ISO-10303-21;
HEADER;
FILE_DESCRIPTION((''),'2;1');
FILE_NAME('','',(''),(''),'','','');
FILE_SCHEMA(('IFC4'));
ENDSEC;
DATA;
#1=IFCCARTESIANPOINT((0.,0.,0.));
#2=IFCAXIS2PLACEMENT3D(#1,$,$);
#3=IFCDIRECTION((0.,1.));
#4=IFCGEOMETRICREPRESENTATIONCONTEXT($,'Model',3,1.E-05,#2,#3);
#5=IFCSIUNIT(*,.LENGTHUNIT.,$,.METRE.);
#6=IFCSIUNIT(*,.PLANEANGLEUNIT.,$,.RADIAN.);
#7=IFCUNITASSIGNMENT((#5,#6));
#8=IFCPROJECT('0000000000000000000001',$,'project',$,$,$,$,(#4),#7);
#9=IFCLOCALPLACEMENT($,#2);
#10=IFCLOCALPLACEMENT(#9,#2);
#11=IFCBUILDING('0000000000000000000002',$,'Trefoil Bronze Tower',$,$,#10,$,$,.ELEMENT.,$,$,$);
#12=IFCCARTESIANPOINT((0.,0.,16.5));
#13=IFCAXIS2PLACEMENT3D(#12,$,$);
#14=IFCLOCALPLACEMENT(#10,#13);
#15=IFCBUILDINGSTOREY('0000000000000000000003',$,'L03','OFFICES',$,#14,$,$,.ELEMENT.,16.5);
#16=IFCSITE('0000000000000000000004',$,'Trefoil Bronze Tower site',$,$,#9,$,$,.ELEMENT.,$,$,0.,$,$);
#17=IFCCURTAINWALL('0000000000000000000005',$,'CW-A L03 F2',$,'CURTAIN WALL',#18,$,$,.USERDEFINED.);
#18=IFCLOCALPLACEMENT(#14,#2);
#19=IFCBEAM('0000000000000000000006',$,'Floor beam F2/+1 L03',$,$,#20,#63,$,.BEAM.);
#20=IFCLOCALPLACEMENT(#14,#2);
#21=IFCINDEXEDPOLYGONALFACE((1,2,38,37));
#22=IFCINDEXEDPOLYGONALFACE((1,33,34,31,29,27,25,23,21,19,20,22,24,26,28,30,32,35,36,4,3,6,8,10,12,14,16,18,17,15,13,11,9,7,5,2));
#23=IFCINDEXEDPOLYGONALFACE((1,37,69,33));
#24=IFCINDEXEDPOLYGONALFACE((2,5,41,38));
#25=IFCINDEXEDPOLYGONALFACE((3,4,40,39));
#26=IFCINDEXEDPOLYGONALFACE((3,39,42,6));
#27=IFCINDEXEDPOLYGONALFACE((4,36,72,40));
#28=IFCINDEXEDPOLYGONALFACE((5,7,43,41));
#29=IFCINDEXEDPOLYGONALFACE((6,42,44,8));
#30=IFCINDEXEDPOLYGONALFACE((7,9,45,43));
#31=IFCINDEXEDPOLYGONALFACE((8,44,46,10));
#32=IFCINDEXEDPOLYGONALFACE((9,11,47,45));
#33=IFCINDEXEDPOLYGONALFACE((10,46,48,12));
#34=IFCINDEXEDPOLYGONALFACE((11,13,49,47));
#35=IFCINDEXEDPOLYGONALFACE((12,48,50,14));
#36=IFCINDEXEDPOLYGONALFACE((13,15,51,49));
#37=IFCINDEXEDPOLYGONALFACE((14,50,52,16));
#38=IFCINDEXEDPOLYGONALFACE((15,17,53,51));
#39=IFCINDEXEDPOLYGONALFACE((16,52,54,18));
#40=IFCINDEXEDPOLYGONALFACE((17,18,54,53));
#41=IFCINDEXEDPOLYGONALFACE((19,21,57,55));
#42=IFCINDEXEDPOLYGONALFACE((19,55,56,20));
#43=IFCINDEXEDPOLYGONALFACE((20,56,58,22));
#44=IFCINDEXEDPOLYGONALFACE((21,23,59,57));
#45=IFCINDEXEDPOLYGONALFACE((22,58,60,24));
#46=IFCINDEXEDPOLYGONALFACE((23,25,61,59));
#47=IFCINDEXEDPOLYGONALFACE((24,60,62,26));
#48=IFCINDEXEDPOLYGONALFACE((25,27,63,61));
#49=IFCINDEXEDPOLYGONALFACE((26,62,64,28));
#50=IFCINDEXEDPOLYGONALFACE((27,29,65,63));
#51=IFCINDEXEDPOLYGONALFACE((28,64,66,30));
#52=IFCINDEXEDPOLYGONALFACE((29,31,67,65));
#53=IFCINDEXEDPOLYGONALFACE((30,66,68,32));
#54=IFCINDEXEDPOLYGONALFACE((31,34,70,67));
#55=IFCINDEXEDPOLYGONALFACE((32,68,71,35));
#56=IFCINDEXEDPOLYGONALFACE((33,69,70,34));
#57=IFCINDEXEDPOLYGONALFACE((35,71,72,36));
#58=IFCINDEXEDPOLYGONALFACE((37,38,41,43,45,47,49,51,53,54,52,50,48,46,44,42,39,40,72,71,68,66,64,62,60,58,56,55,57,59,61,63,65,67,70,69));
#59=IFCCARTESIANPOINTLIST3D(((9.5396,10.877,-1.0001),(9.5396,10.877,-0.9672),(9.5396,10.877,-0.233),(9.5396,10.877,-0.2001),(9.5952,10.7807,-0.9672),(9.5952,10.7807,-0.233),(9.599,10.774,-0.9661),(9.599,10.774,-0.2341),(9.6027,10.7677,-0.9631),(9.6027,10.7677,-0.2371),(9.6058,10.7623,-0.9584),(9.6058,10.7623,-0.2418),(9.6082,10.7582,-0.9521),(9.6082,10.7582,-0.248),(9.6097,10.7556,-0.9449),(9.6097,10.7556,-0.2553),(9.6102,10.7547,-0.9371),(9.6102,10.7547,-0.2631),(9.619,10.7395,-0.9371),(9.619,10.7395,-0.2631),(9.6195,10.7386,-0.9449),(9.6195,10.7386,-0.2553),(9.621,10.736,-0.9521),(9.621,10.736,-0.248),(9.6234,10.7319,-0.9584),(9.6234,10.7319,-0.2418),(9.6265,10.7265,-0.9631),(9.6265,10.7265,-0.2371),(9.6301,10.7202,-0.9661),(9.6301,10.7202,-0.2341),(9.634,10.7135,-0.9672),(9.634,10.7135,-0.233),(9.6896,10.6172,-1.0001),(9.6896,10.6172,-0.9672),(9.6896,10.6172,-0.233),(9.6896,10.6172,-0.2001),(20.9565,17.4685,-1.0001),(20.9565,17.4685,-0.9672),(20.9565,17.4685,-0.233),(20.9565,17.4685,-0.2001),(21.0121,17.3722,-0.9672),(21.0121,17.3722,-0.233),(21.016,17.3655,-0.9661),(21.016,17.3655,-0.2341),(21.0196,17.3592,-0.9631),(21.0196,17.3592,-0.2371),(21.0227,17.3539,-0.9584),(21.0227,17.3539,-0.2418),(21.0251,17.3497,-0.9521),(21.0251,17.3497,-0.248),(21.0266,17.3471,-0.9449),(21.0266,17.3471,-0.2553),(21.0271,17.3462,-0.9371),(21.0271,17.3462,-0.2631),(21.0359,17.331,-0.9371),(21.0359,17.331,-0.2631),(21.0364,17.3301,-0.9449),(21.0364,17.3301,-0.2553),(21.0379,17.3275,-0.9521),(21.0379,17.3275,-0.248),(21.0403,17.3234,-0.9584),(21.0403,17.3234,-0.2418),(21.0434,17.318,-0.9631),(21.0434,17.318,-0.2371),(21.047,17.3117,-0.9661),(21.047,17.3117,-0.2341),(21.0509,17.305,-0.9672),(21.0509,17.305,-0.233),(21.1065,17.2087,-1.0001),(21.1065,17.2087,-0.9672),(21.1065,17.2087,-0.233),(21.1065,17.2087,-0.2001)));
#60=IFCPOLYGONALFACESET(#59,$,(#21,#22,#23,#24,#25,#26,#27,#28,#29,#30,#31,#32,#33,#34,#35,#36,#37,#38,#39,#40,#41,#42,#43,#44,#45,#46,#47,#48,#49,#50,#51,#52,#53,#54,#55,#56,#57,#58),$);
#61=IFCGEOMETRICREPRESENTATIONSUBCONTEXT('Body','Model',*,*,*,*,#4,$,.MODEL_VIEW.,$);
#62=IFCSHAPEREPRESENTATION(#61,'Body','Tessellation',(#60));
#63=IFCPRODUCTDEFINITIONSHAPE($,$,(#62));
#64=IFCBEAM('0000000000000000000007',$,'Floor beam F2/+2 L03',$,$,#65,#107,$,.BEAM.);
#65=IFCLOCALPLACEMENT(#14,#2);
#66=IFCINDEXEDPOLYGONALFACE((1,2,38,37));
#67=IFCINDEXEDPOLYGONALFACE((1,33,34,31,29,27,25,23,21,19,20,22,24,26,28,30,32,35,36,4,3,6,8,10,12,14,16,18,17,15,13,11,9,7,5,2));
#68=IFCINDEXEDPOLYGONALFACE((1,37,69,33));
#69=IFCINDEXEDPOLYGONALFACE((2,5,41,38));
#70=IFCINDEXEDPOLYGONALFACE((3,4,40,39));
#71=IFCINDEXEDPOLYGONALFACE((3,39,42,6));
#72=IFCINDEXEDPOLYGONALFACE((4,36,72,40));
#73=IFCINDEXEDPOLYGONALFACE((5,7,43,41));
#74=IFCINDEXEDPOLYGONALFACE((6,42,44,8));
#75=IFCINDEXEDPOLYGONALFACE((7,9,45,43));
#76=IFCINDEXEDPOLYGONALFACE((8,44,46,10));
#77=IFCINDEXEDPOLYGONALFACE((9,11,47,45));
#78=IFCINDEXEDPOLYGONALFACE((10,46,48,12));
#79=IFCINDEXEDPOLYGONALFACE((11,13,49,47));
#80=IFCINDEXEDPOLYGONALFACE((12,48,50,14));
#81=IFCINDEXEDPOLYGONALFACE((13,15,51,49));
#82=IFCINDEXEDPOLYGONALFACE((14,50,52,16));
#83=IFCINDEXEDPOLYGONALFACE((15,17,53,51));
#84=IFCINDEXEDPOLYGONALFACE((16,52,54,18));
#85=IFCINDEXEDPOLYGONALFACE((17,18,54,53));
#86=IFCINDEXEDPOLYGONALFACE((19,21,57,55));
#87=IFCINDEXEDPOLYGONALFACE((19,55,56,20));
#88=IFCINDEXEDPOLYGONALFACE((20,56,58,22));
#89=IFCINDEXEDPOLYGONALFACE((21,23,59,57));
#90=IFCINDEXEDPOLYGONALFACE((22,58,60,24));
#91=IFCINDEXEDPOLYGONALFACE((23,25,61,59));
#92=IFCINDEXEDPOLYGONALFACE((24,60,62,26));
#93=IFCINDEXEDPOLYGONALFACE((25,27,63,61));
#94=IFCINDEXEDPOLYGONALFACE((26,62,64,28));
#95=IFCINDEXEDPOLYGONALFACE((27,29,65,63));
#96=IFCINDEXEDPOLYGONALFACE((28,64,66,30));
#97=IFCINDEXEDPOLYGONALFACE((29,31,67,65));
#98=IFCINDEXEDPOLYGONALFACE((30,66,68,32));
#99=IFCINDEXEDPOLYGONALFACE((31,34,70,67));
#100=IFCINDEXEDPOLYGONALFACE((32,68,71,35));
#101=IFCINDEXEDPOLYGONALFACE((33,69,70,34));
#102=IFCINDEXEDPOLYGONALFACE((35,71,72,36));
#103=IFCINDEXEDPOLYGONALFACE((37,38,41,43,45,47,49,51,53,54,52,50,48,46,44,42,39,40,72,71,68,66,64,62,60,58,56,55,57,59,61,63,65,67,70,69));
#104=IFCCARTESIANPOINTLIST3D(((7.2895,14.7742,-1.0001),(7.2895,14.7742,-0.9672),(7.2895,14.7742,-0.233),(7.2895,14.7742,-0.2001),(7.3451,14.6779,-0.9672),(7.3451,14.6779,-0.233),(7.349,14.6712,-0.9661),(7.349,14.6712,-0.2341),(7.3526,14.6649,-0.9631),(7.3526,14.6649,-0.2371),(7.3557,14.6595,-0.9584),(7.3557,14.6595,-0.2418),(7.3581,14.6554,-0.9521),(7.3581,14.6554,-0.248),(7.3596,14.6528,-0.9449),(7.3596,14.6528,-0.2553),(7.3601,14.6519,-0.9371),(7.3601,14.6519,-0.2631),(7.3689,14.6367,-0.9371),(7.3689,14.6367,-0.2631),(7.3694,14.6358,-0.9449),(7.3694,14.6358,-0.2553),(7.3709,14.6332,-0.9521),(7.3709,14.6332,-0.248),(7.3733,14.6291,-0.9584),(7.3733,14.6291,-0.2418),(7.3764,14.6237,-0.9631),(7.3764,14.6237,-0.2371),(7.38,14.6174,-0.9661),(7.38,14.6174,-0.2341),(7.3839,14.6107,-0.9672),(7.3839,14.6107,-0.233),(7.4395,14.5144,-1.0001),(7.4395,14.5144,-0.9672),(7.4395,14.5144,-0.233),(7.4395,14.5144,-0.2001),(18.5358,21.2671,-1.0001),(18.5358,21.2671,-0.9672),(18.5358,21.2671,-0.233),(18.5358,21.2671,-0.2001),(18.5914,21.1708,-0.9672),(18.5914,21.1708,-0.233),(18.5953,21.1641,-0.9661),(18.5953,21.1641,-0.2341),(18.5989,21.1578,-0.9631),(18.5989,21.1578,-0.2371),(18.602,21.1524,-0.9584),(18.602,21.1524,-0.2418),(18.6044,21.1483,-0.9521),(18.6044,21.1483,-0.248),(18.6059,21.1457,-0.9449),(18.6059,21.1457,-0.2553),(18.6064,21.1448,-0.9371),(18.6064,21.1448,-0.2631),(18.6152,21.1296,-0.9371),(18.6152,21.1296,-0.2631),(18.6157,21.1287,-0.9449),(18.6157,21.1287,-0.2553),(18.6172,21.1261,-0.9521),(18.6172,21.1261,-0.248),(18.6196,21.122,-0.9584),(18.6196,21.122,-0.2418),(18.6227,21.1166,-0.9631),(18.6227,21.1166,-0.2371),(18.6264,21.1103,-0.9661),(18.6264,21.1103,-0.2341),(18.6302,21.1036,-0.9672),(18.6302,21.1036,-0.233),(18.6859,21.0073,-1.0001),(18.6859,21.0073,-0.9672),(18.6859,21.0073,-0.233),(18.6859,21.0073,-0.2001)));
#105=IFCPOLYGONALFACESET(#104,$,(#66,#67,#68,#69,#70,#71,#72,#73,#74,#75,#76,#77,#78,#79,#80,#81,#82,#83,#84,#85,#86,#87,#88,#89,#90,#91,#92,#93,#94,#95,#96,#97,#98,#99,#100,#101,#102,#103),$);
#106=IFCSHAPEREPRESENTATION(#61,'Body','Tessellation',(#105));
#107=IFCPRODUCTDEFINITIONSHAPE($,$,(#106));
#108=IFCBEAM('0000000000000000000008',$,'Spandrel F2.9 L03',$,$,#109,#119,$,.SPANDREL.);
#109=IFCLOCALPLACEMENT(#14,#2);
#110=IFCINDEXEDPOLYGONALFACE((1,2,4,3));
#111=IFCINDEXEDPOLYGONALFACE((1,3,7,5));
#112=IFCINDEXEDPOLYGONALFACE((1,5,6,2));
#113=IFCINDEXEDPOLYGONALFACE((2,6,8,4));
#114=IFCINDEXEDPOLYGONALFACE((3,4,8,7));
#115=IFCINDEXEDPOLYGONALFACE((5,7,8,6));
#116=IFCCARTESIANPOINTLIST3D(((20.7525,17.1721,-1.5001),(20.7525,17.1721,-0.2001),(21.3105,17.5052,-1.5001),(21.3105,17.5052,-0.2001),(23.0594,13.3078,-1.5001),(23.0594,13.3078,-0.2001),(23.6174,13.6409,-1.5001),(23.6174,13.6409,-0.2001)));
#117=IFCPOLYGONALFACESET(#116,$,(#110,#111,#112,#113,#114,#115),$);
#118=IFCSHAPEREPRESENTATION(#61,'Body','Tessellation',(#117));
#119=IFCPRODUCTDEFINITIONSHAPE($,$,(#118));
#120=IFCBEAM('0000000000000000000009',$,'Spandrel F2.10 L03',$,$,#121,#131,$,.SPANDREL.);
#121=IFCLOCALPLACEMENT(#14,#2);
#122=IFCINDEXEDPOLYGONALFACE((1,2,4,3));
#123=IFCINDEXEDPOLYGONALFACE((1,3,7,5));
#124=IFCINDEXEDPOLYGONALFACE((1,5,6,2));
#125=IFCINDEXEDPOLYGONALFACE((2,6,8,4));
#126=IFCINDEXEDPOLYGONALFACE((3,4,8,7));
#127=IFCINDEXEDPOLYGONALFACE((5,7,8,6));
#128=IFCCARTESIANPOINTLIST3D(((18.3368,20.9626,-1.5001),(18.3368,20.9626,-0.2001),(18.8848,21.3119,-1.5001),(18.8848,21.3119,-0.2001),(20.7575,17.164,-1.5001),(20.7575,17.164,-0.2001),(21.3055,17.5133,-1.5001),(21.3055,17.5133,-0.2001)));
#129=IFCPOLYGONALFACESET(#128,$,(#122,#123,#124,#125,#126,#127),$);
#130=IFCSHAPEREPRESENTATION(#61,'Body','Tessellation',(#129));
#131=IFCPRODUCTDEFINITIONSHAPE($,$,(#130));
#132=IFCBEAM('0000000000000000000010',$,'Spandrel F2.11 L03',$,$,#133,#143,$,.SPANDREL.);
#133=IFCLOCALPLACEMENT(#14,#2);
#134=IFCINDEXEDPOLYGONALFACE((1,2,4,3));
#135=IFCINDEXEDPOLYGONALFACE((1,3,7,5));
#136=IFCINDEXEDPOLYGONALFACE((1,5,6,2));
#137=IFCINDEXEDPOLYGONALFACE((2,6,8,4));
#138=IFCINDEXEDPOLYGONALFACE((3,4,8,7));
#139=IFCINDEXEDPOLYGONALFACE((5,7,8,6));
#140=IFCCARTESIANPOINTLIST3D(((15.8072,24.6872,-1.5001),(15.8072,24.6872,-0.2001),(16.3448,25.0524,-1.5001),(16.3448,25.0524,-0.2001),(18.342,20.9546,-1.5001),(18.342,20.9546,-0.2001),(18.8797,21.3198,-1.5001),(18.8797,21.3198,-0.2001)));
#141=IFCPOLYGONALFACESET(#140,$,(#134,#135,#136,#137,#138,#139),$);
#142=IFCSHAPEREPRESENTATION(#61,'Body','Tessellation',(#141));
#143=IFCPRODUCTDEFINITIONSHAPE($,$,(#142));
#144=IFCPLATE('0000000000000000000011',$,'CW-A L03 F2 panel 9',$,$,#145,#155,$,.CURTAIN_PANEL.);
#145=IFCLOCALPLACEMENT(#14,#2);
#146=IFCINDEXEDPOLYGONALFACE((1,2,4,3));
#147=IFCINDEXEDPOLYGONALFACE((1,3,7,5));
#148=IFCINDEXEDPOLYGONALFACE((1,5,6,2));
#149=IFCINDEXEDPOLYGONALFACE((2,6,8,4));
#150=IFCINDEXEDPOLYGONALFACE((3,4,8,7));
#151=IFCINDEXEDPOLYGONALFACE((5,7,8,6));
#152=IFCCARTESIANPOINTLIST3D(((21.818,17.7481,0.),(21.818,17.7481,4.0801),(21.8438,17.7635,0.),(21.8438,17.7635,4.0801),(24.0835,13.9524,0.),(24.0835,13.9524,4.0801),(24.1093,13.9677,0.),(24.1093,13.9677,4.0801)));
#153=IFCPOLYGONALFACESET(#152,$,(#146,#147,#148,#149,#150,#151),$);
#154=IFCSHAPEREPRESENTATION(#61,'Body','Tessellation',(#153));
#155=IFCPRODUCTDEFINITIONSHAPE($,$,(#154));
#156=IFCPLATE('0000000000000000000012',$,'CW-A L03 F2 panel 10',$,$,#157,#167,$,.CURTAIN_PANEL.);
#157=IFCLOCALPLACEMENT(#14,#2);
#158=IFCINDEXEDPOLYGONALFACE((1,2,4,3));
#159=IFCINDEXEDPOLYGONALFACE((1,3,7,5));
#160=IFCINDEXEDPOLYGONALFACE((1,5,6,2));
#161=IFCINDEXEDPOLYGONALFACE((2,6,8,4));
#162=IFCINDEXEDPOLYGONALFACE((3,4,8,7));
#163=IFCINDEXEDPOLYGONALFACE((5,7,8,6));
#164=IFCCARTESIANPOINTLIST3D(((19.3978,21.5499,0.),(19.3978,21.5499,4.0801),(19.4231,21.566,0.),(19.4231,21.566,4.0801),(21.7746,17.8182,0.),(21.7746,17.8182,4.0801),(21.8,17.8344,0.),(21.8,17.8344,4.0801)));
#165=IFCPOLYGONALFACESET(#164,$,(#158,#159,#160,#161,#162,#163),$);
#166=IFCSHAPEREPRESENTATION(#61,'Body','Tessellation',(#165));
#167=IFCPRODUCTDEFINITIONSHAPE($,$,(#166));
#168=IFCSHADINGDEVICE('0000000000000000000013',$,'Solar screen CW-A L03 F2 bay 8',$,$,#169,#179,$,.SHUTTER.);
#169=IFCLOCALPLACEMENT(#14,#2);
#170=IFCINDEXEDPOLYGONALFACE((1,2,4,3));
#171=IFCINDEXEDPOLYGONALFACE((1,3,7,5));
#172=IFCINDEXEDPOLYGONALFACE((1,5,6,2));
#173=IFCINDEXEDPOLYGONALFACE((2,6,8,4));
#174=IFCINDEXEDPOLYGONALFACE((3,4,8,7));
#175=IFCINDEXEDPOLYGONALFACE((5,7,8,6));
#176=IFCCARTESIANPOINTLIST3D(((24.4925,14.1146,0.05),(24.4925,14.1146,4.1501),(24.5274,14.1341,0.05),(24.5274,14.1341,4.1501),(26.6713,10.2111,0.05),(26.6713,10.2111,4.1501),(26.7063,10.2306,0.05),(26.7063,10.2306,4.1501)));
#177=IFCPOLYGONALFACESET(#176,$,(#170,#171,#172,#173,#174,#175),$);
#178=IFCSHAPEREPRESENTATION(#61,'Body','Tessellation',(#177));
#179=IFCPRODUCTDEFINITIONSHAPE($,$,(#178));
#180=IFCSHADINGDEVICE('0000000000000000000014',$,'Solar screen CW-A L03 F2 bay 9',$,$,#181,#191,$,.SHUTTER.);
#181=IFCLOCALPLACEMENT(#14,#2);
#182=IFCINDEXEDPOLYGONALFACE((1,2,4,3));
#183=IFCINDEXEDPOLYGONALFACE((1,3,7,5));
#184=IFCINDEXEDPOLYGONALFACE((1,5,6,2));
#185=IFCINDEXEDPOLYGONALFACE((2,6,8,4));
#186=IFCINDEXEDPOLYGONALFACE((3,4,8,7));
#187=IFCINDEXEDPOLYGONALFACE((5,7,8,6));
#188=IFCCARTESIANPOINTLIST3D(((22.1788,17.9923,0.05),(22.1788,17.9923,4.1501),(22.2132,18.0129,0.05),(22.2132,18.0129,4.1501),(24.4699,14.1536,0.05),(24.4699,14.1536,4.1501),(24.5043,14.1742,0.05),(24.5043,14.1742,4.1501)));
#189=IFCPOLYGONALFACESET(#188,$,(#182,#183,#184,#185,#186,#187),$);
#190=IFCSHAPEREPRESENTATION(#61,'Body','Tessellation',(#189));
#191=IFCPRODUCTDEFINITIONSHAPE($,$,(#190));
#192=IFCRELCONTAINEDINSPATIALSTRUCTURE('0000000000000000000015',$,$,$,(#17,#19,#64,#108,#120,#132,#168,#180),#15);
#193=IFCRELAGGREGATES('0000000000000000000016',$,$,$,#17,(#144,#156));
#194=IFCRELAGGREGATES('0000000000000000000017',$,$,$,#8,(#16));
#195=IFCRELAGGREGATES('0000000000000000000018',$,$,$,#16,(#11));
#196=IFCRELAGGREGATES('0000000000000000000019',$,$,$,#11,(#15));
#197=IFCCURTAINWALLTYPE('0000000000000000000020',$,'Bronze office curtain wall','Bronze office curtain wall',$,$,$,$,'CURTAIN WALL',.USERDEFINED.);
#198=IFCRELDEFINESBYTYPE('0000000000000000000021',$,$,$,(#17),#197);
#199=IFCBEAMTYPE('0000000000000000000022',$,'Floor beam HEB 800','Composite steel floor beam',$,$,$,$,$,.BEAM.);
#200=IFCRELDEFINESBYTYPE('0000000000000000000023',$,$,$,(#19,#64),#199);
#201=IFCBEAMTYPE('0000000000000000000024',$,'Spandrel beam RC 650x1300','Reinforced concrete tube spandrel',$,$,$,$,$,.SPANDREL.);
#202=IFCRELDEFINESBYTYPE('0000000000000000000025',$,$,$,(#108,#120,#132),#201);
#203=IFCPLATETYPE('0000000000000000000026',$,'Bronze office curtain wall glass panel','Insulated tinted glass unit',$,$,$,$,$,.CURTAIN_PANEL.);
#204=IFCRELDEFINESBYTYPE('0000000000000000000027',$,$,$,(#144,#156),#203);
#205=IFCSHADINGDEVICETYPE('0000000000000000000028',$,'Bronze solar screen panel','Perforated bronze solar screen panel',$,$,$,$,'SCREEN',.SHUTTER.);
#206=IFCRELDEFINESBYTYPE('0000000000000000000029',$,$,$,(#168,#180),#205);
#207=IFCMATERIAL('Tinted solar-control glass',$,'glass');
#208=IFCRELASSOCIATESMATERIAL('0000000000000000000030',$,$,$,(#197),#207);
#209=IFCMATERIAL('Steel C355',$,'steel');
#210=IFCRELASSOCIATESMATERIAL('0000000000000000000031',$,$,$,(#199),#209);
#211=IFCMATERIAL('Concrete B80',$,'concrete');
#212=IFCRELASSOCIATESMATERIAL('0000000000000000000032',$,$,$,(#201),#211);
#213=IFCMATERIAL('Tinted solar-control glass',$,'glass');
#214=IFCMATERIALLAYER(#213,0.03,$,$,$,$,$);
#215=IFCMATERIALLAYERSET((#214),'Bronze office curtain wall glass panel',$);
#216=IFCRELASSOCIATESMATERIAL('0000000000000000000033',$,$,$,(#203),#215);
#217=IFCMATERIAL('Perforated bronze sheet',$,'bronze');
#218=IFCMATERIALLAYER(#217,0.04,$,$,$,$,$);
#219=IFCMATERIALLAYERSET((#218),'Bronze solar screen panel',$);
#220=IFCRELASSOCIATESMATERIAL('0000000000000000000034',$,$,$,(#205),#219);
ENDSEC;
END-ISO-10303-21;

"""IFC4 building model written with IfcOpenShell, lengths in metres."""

from ifc_helpers import new_model, si_unit, direction, frame, origin, origin_2d, place, context, subcontext, project, spatial, rectangle, i_section, extrude, material, layer, layer_set, material_profile, profile_set, type_object, element, aggregate, save


model = new_model("IFC4")

# Units and contexts
model_context = context("Model", 3, precision=1e-05, world=origin(), true_north=direction((0.0, 1.0)))
body_context = subcontext(model_context, "Body", "Model", "MODEL_VIEW")
ifc_project = project(units=[si_unit("LENGTHUNIT", "METRE"), si_unit("PLANEANGLEUNIT", "RADIAN")], contexts=[model_context])

# Site, building, storey
site_placement = place(None, origin())
site = spatial("IfcSite", under=ifc_project, at=site_placement, Name="Trefoil Bronze Tower site", CompositionType="ELEMENT", RefElevation=0.0)
building_placement = place(site_placement, origin())
building = spatial("IfcBuilding", under=site, at=building_placement, Name="Trefoil Bronze Tower", CompositionType="ELEMENT")
storey_placement = place(building_placement, frame((0.0, 0.0, 16.5)))
storey = spatial("IfcBuildingStorey", under=building, at=storey_placement, Name="L03", Description="OFFICES", CompositionType="ELEMENT", Elevation=16.5)

# Curtain wall
ifc_material_1 = material(Name="Tinted solar-control glass", Category="glass")
curtain_wall_type = type_object("IfcCurtainWallType", Name="Bronze office curtain wall", Description="Bronze office curtain wall", ElementType="CURTAIN WALL", PredefinedType="USERDEFINED", material=ifc_material_1)
curtain_wall_placement = place(storey_placement, origin())
curtain_wall = element("IfcCurtainWall", 1, at=curtain_wall_placement, inside=storey, type_object=curtain_wall_type, Name="CW-A L03 F2", ObjectType="CURTAIN WALL", PredefinedType="USERDEFINED")

# Beams
ifc_material_2 = material(Name="Steel C355", Category="steel")
ifc_material_profile_1 = material_profile(ifc_material_2, i_section(OverallWidth=0.3, OverallDepth=0.8, WebThickness=0.0176, FlangeThickness=0.033, FilletRadius=0.03, at=origin_2d()), Name="HEB 800")
ifc_profile_set_1 = profile_set([ifc_material_profile_1], Name="Steel C355")
beam_type_1 = type_object("IfcBeamType", Name="Floor beam HEB 800", Description="Composite steel floor beam", PredefinedType="BEAM", material=ifc_profile_set_1)
beam_1_placement = place(storey_placement, frame((21.0315, 17.3386, -0.6001), z_axis=(-0.866027, -0.499997, 0.0), x_axis=(0.499997, -0.866027, 0.0)))
element("IfcBeam", 2, at=beam_1_placement, inside=storey, type_object=beam_type_1, Name="Floor beam F2/+1 L03", PredefinedType="BEAM", context=body_context, shape_type="SweptSolid", body=[
    extrude(i_section(OverallWidth=0.3, OverallDepth=0.8, WebThickness=0.0176, FlangeThickness=0.033, FilletRadius=0.03, at=origin_2d()), origin(), (0.0, 0.0, 1.0), 13.1831),
])
beam_2_placement = place(storey_placement, frame((18.6108, 21.1372, -0.6001), z_axis=(-0.866031, -0.499991, 0.0), x_axis=(0.499991, -0.866031, 0.0)))
element("IfcBeam", 3, at=beam_2_placement, inside=storey, type_object=beam_type_1, Name="Floor beam F2/+2 L03", PredefinedType="BEAM", context=body_context, shape_type="SweptSolid", body=[
    extrude(i_section(OverallWidth=0.3, OverallDepth=0.8, WebThickness=0.0176, FlangeThickness=0.033, FilletRadius=0.03, at=origin_2d()), origin(), (0.0, 0.0, 1.0), 12.9861),
])
ifc_material_3 = material(Name="Concrete B80", Category="concrete")
ifc_material_profile_2 = material_profile(ifc_material_3, rectangle(XDim=0.6499, YDim=1.3, at=origin_2d()), Name="RC 650x1300")
ifc_profile_set_2 = profile_set([ifc_material_profile_2], Name="Concrete B80")
beam_type_2 = type_object("IfcBeamType", Name="Spandrel beam RC 650x1300", Description="Reinforced concrete tube spandrel", PredefinedType="SPANDREL", material=ifc_profile_set_2)
beam_3_placement = place(storey_placement, frame((23.3384, 13.4744, -0.8501), z_axis=(-0.512588, 0.858635, 0.0), x_axis=(-0.858635, -0.512588, 0.0)))
element("IfcBeam", 4, at=beam_3_placement, inside=storey, type_object=beam_type_2, Name="Spandrel F2.9 L03", PredefinedType="SPANDREL", context=body_context, shape_type="SweptSolid", body=[
    extrude(rectangle(XDim=0.6499, YDim=1.3, at=origin_2d()), origin(), (0.0, 0.0, 1.0), 4.5005),
])
beam_4_placement = place(storey_placement, frame((21.0315, 17.3386, -0.8501), z_axis=(-0.537408, 0.843322, 0.0), x_axis=(-0.843322, -0.537408, 0.0)))
element("IfcBeam", 5, at=beam_4_placement, inside=storey, type_object=beam_type_2, Name="Spandrel F2.10 L03", PredefinedType="SPANDREL", context=body_context, shape_type="SweptSolid", body=[
    extrude(rectangle(XDim=0.6499, YDim=1.3, at=origin_2d()), origin(), (0.0, 0.0, 1.0), 4.5044),
])
beam_5_placement = place(storey_placement, frame((18.6108, 21.1372, -0.8501), z_axis=(-0.56181, 0.827267, 0.0), x_axis=(-0.827267, -0.56181, 0.0)))
element("IfcBeam", 6, at=beam_5_placement, inside=storey, type_object=beam_type_2, Name="Spandrel F2.11 L03", PredefinedType="SPANDREL", context=body_context, shape_type="SweptSolid", body=[
    extrude(rectangle(XDim=0.6499, YDim=1.3, at=origin_2d()), origin(), (0.0, 0.0, 1.0), 4.512),
])

# Plates
ifc_material_4 = material(Name="Tinted solar-control glass", Category="glass")
ifc_layer_1 = layer(ifc_material_4, 0.03)
ifc_layer_set_1 = layer_set([ifc_layer_1], Name="Bronze office curtain wall glass panel")
plate_type = type_object("IfcPlateType", Name="Bronze office curtain wall glass panel", Description="Insulated tinted glass unit", PredefinedType="CURTAIN_PANEL", material=ifc_layer_set_1)
plate_1_placement = place(storey_placement, frame((22.9636, 15.8579, 0.0), z_axis=(0.0, 0.0, 1.0), x_axis=(-0.512513, 0.85868, 0.0)))
plate_1 = element("IfcPlate", 7, at=plate_1_placement, type_object=plate_type, Name="CW-A L03 F2 panel 9", PredefinedType="CURTAIN_PANEL", context=body_context, shape_type="SweptSolid", body=[
    extrude(rectangle(XDim=4.4204, YDim=0.03, at=origin_2d()), origin(), (0.0, 0.0, 1.0), 4.0801),
])
plate_2_placement = place(storey_placement, frame((20.5989, 19.6921, 0.0), z_axis=(0.0, 0.0, 1.0), x_axis=(-0.537222, 0.843441, 0.0)))
plate_2 = element("IfcPlate", 8, at=plate_2_placement, type_object=plate_type, Name="CW-A L03 F2 panel 10", PredefinedType="CURTAIN_PANEL", context=body_context, shape_type="SweptSolid", body=[
    extrude(rectangle(XDim=4.4243, YDim=0.03, at=origin_2d()), origin(), (0.0, 0.0, 1.0), 4.0801),
])
aggregate(curtain_wall, [plate_1, plate_2])

# Shading devices
ifc_material_5 = material(Name="Perforated bronze sheet", Category="bronze")
ifc_layer_2 = layer(ifc_material_5, 0.04)
ifc_layer_set_2 = layer_set([ifc_layer_2], Name="Bronze solar screen panel")
shading_device_type = type_object("IfcShadingDeviceType", Name="Bronze solar screen panel", Description="Perforated bronze solar screen panel", ElementType="SCREEN", PredefinedType="SHUTTER", material=ifc_layer_set_2)
for number, where, z_axis, x_axis, name in (
    (9, (25.5994, 12.1726, 0.05), (0.0, 0.0, 1.0), (-0.487382, 0.873189, 0.0), "Solar screen CW-A L03 F2 bay 8"),
    (10, (23.3416, 16.0833, 0.05), (0.0, 0.0, 1.0), (-0.512513, 0.85868, 0.0), "Solar screen CW-A L03 F2 bay 9"),
):
    element("IfcShadingDevice", number, at=place(storey_placement, frame(where, z_axis=z_axis, x_axis=x_axis)), inside=storey, type_object=shading_device_type, Name=name, PredefinedType="SHUTTER", context=body_context, shape_type="SweptSolid", body=[
        extrude(rectangle(XDim=4.4705, YDim=0.04, at=origin_2d()), origin(), (0.0, 0.0, 1.0), 4.1001),
    ])

save(model, "model.ifc")
